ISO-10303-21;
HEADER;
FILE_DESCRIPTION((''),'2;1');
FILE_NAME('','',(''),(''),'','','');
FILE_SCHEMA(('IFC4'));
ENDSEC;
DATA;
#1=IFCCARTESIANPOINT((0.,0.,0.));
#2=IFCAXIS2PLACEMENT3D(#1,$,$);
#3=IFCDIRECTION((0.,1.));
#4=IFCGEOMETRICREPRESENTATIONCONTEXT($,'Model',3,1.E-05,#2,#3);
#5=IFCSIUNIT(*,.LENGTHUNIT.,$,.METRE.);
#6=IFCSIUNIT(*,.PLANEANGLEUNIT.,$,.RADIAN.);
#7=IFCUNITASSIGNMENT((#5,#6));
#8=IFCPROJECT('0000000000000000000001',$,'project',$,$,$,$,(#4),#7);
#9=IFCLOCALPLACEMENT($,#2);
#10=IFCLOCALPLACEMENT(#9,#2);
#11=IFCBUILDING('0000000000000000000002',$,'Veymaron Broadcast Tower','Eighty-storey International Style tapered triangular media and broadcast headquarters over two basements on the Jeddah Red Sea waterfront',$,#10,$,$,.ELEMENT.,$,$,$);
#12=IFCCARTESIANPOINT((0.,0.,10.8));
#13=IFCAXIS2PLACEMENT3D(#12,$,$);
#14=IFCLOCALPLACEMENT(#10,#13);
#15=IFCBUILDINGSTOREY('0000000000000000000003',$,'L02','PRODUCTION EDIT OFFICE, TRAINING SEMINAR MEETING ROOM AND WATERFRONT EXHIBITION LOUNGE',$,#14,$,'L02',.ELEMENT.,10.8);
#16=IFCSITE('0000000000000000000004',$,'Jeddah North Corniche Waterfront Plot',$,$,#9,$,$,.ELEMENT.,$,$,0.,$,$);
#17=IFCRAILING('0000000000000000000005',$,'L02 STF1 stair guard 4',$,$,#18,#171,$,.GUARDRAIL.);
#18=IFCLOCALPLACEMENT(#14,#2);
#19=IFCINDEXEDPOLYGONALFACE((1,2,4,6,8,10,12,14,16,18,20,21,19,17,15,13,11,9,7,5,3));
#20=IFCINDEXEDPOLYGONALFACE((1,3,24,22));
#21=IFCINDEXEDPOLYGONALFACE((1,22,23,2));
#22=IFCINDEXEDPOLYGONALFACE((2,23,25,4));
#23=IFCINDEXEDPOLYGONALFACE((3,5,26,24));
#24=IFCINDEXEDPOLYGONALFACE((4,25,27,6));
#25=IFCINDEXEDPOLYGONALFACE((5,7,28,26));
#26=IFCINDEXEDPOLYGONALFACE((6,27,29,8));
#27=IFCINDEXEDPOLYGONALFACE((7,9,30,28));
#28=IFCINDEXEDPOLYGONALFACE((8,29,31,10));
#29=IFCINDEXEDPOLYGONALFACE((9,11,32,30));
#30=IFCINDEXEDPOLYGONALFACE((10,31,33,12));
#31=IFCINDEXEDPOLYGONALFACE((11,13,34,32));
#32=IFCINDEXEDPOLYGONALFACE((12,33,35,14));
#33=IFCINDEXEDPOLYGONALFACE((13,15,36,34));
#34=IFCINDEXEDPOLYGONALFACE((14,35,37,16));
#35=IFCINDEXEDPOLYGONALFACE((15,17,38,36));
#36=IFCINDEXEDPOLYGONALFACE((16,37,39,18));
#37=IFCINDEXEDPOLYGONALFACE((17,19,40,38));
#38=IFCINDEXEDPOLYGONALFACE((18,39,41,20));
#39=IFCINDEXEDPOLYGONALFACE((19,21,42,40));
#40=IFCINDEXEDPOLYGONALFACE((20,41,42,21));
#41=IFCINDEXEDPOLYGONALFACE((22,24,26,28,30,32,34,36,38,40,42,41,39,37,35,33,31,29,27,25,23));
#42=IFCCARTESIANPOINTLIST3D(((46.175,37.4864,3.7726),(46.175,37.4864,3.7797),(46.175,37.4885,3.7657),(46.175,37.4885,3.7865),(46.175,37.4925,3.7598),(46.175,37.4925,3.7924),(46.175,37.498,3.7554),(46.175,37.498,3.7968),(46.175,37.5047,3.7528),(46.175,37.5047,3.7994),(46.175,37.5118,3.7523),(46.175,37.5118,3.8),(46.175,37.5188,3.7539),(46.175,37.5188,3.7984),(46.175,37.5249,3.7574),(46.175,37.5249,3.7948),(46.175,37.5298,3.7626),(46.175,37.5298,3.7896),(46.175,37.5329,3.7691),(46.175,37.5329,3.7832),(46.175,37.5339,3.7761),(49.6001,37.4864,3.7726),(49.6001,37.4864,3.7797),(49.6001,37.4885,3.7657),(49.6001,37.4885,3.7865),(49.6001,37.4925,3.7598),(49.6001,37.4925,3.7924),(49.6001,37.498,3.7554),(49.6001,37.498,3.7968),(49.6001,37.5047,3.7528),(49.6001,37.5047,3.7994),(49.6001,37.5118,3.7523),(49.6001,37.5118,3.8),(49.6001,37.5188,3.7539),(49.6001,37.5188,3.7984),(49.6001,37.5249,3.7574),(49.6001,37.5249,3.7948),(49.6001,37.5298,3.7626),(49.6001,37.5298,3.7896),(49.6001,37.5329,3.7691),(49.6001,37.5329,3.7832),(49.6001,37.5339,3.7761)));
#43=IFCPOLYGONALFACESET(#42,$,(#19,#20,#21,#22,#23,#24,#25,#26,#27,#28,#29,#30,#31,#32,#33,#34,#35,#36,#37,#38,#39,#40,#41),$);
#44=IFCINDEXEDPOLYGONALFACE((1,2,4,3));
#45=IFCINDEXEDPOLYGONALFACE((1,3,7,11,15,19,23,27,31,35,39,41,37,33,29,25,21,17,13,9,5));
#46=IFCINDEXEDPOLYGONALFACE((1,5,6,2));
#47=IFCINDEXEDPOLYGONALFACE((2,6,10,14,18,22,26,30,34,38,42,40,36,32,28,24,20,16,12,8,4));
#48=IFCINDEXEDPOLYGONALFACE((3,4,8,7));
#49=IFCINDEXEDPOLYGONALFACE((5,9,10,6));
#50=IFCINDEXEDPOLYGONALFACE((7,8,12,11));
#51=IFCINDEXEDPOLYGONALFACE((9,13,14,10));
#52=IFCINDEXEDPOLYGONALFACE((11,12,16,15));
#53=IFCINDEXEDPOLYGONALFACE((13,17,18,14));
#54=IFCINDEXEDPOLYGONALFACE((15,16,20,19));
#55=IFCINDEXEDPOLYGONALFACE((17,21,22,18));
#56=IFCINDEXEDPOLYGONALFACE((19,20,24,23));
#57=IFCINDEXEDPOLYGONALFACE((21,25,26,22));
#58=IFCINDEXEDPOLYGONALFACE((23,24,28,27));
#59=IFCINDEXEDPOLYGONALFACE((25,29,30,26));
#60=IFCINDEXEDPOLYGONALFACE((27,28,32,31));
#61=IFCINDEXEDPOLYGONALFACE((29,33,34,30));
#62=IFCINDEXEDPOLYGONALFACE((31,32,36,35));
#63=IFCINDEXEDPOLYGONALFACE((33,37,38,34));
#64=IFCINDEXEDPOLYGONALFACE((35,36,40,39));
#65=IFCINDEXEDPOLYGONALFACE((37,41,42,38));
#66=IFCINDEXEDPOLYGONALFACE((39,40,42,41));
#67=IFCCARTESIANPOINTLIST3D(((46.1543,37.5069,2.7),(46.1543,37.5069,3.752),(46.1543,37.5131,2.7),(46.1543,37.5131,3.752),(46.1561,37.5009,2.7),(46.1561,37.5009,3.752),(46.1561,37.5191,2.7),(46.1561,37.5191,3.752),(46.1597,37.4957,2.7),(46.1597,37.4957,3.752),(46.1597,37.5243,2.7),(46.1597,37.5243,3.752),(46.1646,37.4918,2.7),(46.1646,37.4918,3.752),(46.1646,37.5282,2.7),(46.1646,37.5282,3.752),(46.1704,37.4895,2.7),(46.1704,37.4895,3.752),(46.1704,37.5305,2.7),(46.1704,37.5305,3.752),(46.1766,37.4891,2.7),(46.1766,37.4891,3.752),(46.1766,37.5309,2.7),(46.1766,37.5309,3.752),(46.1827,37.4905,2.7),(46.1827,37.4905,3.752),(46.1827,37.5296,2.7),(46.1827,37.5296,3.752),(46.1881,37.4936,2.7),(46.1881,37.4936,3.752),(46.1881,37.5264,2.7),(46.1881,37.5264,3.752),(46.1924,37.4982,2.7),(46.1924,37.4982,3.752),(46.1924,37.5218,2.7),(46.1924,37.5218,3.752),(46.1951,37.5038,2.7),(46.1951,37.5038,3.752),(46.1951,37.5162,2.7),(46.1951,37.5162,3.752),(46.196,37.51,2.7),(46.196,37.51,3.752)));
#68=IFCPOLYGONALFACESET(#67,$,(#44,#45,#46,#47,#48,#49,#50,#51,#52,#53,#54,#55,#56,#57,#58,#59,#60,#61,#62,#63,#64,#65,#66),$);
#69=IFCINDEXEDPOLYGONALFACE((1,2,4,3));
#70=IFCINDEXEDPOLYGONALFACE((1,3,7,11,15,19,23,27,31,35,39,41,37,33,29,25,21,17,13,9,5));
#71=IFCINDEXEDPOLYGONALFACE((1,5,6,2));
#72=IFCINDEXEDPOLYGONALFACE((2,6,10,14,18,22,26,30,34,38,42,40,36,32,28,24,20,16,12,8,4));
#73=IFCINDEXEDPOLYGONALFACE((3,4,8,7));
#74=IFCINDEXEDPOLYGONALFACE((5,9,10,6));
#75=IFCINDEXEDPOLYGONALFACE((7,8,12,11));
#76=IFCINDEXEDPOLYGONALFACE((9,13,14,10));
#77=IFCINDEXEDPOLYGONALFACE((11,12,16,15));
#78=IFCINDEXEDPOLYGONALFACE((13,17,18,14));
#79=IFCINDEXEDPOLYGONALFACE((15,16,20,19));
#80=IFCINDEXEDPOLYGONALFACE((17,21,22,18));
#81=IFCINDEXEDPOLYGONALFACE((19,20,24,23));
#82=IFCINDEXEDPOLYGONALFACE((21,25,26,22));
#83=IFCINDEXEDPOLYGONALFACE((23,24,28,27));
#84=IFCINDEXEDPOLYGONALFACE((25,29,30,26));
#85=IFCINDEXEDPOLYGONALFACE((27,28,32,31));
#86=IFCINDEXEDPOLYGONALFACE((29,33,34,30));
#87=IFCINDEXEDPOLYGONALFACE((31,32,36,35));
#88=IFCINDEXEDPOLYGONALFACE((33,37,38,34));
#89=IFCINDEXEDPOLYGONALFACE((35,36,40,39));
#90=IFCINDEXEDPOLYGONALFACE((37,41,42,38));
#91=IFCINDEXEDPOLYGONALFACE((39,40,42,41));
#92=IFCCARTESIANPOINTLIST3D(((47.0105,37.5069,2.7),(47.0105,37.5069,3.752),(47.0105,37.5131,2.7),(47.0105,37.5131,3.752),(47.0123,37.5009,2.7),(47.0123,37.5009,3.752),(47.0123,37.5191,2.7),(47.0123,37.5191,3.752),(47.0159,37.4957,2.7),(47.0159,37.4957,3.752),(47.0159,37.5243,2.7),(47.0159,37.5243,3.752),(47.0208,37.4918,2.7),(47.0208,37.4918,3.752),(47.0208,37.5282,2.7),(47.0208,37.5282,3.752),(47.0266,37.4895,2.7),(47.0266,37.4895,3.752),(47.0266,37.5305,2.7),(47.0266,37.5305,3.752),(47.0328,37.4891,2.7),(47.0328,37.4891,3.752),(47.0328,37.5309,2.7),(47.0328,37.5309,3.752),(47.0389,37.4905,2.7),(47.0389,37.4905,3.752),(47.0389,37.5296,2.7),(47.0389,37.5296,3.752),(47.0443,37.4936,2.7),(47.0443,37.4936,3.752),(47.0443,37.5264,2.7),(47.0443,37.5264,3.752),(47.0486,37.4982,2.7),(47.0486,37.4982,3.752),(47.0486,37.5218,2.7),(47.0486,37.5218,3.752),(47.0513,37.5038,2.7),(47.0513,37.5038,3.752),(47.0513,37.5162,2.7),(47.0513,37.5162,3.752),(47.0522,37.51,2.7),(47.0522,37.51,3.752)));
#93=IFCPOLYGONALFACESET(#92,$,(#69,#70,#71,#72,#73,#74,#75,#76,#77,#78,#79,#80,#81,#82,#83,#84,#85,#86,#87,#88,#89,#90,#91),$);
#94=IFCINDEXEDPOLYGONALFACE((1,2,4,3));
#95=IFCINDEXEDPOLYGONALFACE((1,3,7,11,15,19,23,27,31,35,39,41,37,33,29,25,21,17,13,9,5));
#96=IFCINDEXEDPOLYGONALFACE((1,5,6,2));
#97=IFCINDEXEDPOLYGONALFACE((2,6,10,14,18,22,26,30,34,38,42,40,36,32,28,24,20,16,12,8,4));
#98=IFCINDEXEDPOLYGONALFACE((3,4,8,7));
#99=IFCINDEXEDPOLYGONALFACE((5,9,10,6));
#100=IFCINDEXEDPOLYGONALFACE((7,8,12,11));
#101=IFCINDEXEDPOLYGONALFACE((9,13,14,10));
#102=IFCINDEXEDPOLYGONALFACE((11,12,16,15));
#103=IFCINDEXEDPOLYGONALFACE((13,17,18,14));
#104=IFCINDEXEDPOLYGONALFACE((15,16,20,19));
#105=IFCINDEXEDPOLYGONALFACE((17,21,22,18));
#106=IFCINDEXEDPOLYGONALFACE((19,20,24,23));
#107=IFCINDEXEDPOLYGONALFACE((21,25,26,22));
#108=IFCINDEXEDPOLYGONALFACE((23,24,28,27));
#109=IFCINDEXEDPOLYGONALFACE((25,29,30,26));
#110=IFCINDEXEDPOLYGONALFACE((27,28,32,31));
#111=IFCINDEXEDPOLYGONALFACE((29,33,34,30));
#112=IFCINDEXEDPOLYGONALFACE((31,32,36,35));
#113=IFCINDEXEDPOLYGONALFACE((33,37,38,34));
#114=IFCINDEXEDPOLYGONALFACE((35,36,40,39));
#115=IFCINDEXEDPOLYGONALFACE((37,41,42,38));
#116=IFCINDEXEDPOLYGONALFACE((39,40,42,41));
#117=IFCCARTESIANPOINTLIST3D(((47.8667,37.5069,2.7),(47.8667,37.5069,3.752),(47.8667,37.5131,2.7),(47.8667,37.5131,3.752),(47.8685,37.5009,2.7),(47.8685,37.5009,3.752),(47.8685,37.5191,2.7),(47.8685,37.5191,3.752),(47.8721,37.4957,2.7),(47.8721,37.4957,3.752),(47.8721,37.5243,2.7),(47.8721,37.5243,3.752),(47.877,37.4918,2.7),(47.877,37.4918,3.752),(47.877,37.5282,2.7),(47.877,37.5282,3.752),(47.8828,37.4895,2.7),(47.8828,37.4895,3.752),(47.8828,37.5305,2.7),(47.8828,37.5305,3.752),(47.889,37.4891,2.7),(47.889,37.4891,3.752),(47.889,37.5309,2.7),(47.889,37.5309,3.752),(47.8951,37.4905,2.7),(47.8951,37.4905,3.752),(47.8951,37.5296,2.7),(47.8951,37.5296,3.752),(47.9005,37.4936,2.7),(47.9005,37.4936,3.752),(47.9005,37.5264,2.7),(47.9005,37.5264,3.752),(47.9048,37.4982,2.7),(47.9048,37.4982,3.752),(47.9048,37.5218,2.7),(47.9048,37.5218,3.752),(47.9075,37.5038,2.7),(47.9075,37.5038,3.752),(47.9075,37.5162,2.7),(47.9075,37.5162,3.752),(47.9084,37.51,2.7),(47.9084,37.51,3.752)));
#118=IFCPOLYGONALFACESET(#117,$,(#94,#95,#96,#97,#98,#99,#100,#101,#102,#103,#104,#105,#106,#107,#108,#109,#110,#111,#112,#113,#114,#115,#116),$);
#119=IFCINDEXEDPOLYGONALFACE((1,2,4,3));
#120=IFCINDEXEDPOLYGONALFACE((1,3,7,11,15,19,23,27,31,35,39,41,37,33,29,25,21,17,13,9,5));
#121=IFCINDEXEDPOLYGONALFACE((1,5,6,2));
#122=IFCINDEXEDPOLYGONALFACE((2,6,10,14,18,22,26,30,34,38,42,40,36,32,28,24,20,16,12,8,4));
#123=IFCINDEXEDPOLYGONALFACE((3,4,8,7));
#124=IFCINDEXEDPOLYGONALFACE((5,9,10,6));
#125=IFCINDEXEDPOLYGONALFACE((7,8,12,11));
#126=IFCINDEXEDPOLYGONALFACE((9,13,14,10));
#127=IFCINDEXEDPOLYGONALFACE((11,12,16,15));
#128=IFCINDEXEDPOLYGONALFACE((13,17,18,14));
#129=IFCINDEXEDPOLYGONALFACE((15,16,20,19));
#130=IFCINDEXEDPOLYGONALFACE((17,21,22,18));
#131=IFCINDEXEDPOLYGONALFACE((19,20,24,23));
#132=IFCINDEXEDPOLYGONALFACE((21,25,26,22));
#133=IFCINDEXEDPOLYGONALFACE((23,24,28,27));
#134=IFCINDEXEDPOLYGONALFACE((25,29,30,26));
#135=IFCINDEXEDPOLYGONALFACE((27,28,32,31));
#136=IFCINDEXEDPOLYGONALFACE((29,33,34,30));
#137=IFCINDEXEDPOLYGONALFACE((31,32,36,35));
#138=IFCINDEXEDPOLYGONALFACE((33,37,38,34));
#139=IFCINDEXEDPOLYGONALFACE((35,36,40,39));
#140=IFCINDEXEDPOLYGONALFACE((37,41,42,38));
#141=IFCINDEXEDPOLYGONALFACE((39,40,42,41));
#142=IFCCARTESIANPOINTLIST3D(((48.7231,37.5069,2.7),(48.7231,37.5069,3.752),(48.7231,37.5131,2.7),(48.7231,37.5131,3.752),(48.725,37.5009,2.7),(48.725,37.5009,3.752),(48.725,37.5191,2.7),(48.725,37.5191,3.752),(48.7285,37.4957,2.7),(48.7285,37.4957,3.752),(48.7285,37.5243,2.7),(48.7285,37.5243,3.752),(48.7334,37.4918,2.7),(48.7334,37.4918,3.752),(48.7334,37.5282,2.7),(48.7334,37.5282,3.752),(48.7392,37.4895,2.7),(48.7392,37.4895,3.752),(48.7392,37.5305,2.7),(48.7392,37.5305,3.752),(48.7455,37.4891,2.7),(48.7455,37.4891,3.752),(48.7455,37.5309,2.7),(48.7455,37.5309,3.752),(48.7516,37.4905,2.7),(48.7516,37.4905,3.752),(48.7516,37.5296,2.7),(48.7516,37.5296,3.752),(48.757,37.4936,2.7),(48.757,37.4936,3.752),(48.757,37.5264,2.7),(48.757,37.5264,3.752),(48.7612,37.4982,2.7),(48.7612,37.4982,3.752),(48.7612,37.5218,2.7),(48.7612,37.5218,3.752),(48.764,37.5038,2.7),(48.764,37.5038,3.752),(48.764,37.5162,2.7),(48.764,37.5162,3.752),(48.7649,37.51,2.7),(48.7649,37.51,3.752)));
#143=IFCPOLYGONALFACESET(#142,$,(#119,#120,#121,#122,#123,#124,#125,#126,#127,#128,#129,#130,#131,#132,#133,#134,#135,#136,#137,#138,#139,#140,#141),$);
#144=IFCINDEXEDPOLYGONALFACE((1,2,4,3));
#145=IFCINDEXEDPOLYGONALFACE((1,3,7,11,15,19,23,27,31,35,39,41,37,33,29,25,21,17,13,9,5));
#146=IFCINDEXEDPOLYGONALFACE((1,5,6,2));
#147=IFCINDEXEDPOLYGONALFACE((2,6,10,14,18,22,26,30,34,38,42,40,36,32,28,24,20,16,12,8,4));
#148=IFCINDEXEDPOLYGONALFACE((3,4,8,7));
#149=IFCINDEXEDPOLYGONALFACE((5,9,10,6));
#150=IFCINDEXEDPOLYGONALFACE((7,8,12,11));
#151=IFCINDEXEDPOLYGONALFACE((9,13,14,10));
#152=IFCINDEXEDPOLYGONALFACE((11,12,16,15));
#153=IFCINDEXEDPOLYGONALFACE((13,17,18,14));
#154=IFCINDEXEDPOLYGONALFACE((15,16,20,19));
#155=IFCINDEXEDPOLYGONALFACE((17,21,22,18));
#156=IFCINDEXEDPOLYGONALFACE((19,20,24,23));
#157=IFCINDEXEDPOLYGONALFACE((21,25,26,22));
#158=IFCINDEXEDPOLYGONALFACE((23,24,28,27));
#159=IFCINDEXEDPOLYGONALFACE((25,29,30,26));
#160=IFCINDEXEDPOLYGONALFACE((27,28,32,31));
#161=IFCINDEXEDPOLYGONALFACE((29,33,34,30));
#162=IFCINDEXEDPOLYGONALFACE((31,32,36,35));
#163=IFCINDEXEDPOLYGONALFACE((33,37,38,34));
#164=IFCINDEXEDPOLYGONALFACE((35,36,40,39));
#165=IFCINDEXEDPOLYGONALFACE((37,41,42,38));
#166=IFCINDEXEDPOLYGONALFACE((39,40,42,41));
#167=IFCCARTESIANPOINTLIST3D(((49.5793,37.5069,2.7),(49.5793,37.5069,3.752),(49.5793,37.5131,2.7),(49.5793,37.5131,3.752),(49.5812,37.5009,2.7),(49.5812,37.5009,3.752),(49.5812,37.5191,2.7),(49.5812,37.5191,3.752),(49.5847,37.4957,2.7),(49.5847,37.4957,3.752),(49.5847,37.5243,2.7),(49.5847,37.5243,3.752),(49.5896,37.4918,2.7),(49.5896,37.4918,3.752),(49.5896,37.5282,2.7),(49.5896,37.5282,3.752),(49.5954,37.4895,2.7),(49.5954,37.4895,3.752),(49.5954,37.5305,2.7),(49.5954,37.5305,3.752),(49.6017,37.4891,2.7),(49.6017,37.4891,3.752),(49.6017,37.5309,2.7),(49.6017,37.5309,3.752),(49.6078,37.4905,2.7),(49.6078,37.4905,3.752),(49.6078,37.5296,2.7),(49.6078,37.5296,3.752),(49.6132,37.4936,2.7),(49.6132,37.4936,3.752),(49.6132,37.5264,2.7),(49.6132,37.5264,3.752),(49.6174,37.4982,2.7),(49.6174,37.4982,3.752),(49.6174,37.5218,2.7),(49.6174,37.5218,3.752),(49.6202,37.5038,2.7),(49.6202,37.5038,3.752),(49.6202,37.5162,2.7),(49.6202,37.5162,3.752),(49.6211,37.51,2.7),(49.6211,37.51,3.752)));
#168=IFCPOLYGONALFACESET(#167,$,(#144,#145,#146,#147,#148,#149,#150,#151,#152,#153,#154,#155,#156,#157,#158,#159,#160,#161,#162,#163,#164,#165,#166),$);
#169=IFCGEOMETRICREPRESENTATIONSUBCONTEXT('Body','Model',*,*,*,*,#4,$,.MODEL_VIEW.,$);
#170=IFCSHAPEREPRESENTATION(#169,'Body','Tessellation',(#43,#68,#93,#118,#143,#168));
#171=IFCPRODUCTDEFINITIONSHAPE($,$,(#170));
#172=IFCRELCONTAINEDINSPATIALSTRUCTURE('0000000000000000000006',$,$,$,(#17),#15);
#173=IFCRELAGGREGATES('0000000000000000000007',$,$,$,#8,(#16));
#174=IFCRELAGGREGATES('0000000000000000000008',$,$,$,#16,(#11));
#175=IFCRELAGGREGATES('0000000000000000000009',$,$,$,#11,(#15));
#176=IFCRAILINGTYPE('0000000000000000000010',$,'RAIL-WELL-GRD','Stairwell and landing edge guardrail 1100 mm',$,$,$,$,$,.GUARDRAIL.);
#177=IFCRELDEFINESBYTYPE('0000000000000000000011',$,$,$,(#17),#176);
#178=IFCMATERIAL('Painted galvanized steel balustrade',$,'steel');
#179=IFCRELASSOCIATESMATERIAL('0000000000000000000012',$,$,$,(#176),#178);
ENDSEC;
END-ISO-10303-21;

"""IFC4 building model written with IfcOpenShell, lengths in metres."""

from ifc_helpers import new_model, si_unit, direction, frame, origin, origin_2d, place, context, subcontext, project, spatial, circle, extrude, material, type_object, element, save


model = new_model("IFC4")

# Units and contexts
model_context = context("Model", 3, precision=1e-05, world=origin(), true_north=direction((0.0, 1.0)))
body_context = subcontext(model_context, "Body", "Model", "MODEL_VIEW")
ifc_project = project(units=[si_unit("LENGTHUNIT", "METRE"), si_unit("PLANEANGLEUNIT", "RADIAN")], contexts=[model_context])

# Site, building, storey
site_placement = place(None, origin())
site = spatial("IfcSite", under=ifc_project, at=site_placement, Name="Jeddah North Corniche Waterfront Plot", CompositionType="ELEMENT", RefElevation=0.0)
building_placement = place(site_placement, origin())
building = spatial("IfcBuilding", under=site, at=building_placement, Name="Veymaron Broadcast Tower", Description="Eighty-storey International Style tapered triangular media and broadcast headquarters over two basements on the Jeddah Red Sea waterfront", CompositionType="ELEMENT")
storey_placement = place(building_placement, frame((0.0, 0.0, 10.8)))
storey = spatial("IfcBuildingStorey", under=building, at=storey_placement, Name="L02", Description="PRODUCTION EDIT OFFICE, TRAINING SEMINAR MEETING ROOM AND WATERFRONT EXHIBITION LOUNGE", LongName="L02", CompositionType="ELEMENT", Elevation=10.8)

# Railing
ifc_material_1 = material(Name="Painted galvanized steel balustrade", Category="steel")
railing_type_1 = type_object("IfcRailingType", Name="RAIL-WELL-GRD", Description="Stairwell and landing edge guardrail 1100 mm", PredefinedType="GUARDRAIL", material=ifc_material_1)
railing_1_placement = place(storey_placement, frame((46.175, 37.51, 2.7)))
element("IfcRailing", 1, at=railing_1_placement, inside=storey, type_object=railing_type_1, Name="L02 STF1 stair guard 4", PredefinedType="GUARDRAIL", context=body_context, shape_type="SweptSolid", body=[
    extrude(circle(Radius=0.0239, at=origin_2d()), frame((0.0, 0.0, 1.0762), z_axis=(1.0, 0.0, 0.0), x_axis=(0.0, 1.0, 0.0)), (0.0, 0.0, 1.0), 3.425),
    extrude(circle(Radius=0.021, at=origin_2d()), origin(), (0.0, 0.0, 1.0), 1.052),
    extrude(circle(Radius=0.021, at=origin_2d()), frame((0.8562, 0.0, 0.0)), (0.0, 0.0, 1.0), 1.052),
    extrude(circle(Radius=0.021, at=origin_2d()), frame((1.7124, 0.0, 0.0)), (0.0, 0.0, 1.0), 1.052),
    extrude(circle(Radius=0.021, at=origin_2d()), frame((2.5688, 0.0, 0.0)), (0.0, 0.0, 1.0), 1.052),
    extrude(circle(Radius=0.021, at=origin_2d()), frame((3.425, 0.0, 0.0)), (0.0, 0.0, 1.0), 1.052),
])

save(model, "model.ifc")
